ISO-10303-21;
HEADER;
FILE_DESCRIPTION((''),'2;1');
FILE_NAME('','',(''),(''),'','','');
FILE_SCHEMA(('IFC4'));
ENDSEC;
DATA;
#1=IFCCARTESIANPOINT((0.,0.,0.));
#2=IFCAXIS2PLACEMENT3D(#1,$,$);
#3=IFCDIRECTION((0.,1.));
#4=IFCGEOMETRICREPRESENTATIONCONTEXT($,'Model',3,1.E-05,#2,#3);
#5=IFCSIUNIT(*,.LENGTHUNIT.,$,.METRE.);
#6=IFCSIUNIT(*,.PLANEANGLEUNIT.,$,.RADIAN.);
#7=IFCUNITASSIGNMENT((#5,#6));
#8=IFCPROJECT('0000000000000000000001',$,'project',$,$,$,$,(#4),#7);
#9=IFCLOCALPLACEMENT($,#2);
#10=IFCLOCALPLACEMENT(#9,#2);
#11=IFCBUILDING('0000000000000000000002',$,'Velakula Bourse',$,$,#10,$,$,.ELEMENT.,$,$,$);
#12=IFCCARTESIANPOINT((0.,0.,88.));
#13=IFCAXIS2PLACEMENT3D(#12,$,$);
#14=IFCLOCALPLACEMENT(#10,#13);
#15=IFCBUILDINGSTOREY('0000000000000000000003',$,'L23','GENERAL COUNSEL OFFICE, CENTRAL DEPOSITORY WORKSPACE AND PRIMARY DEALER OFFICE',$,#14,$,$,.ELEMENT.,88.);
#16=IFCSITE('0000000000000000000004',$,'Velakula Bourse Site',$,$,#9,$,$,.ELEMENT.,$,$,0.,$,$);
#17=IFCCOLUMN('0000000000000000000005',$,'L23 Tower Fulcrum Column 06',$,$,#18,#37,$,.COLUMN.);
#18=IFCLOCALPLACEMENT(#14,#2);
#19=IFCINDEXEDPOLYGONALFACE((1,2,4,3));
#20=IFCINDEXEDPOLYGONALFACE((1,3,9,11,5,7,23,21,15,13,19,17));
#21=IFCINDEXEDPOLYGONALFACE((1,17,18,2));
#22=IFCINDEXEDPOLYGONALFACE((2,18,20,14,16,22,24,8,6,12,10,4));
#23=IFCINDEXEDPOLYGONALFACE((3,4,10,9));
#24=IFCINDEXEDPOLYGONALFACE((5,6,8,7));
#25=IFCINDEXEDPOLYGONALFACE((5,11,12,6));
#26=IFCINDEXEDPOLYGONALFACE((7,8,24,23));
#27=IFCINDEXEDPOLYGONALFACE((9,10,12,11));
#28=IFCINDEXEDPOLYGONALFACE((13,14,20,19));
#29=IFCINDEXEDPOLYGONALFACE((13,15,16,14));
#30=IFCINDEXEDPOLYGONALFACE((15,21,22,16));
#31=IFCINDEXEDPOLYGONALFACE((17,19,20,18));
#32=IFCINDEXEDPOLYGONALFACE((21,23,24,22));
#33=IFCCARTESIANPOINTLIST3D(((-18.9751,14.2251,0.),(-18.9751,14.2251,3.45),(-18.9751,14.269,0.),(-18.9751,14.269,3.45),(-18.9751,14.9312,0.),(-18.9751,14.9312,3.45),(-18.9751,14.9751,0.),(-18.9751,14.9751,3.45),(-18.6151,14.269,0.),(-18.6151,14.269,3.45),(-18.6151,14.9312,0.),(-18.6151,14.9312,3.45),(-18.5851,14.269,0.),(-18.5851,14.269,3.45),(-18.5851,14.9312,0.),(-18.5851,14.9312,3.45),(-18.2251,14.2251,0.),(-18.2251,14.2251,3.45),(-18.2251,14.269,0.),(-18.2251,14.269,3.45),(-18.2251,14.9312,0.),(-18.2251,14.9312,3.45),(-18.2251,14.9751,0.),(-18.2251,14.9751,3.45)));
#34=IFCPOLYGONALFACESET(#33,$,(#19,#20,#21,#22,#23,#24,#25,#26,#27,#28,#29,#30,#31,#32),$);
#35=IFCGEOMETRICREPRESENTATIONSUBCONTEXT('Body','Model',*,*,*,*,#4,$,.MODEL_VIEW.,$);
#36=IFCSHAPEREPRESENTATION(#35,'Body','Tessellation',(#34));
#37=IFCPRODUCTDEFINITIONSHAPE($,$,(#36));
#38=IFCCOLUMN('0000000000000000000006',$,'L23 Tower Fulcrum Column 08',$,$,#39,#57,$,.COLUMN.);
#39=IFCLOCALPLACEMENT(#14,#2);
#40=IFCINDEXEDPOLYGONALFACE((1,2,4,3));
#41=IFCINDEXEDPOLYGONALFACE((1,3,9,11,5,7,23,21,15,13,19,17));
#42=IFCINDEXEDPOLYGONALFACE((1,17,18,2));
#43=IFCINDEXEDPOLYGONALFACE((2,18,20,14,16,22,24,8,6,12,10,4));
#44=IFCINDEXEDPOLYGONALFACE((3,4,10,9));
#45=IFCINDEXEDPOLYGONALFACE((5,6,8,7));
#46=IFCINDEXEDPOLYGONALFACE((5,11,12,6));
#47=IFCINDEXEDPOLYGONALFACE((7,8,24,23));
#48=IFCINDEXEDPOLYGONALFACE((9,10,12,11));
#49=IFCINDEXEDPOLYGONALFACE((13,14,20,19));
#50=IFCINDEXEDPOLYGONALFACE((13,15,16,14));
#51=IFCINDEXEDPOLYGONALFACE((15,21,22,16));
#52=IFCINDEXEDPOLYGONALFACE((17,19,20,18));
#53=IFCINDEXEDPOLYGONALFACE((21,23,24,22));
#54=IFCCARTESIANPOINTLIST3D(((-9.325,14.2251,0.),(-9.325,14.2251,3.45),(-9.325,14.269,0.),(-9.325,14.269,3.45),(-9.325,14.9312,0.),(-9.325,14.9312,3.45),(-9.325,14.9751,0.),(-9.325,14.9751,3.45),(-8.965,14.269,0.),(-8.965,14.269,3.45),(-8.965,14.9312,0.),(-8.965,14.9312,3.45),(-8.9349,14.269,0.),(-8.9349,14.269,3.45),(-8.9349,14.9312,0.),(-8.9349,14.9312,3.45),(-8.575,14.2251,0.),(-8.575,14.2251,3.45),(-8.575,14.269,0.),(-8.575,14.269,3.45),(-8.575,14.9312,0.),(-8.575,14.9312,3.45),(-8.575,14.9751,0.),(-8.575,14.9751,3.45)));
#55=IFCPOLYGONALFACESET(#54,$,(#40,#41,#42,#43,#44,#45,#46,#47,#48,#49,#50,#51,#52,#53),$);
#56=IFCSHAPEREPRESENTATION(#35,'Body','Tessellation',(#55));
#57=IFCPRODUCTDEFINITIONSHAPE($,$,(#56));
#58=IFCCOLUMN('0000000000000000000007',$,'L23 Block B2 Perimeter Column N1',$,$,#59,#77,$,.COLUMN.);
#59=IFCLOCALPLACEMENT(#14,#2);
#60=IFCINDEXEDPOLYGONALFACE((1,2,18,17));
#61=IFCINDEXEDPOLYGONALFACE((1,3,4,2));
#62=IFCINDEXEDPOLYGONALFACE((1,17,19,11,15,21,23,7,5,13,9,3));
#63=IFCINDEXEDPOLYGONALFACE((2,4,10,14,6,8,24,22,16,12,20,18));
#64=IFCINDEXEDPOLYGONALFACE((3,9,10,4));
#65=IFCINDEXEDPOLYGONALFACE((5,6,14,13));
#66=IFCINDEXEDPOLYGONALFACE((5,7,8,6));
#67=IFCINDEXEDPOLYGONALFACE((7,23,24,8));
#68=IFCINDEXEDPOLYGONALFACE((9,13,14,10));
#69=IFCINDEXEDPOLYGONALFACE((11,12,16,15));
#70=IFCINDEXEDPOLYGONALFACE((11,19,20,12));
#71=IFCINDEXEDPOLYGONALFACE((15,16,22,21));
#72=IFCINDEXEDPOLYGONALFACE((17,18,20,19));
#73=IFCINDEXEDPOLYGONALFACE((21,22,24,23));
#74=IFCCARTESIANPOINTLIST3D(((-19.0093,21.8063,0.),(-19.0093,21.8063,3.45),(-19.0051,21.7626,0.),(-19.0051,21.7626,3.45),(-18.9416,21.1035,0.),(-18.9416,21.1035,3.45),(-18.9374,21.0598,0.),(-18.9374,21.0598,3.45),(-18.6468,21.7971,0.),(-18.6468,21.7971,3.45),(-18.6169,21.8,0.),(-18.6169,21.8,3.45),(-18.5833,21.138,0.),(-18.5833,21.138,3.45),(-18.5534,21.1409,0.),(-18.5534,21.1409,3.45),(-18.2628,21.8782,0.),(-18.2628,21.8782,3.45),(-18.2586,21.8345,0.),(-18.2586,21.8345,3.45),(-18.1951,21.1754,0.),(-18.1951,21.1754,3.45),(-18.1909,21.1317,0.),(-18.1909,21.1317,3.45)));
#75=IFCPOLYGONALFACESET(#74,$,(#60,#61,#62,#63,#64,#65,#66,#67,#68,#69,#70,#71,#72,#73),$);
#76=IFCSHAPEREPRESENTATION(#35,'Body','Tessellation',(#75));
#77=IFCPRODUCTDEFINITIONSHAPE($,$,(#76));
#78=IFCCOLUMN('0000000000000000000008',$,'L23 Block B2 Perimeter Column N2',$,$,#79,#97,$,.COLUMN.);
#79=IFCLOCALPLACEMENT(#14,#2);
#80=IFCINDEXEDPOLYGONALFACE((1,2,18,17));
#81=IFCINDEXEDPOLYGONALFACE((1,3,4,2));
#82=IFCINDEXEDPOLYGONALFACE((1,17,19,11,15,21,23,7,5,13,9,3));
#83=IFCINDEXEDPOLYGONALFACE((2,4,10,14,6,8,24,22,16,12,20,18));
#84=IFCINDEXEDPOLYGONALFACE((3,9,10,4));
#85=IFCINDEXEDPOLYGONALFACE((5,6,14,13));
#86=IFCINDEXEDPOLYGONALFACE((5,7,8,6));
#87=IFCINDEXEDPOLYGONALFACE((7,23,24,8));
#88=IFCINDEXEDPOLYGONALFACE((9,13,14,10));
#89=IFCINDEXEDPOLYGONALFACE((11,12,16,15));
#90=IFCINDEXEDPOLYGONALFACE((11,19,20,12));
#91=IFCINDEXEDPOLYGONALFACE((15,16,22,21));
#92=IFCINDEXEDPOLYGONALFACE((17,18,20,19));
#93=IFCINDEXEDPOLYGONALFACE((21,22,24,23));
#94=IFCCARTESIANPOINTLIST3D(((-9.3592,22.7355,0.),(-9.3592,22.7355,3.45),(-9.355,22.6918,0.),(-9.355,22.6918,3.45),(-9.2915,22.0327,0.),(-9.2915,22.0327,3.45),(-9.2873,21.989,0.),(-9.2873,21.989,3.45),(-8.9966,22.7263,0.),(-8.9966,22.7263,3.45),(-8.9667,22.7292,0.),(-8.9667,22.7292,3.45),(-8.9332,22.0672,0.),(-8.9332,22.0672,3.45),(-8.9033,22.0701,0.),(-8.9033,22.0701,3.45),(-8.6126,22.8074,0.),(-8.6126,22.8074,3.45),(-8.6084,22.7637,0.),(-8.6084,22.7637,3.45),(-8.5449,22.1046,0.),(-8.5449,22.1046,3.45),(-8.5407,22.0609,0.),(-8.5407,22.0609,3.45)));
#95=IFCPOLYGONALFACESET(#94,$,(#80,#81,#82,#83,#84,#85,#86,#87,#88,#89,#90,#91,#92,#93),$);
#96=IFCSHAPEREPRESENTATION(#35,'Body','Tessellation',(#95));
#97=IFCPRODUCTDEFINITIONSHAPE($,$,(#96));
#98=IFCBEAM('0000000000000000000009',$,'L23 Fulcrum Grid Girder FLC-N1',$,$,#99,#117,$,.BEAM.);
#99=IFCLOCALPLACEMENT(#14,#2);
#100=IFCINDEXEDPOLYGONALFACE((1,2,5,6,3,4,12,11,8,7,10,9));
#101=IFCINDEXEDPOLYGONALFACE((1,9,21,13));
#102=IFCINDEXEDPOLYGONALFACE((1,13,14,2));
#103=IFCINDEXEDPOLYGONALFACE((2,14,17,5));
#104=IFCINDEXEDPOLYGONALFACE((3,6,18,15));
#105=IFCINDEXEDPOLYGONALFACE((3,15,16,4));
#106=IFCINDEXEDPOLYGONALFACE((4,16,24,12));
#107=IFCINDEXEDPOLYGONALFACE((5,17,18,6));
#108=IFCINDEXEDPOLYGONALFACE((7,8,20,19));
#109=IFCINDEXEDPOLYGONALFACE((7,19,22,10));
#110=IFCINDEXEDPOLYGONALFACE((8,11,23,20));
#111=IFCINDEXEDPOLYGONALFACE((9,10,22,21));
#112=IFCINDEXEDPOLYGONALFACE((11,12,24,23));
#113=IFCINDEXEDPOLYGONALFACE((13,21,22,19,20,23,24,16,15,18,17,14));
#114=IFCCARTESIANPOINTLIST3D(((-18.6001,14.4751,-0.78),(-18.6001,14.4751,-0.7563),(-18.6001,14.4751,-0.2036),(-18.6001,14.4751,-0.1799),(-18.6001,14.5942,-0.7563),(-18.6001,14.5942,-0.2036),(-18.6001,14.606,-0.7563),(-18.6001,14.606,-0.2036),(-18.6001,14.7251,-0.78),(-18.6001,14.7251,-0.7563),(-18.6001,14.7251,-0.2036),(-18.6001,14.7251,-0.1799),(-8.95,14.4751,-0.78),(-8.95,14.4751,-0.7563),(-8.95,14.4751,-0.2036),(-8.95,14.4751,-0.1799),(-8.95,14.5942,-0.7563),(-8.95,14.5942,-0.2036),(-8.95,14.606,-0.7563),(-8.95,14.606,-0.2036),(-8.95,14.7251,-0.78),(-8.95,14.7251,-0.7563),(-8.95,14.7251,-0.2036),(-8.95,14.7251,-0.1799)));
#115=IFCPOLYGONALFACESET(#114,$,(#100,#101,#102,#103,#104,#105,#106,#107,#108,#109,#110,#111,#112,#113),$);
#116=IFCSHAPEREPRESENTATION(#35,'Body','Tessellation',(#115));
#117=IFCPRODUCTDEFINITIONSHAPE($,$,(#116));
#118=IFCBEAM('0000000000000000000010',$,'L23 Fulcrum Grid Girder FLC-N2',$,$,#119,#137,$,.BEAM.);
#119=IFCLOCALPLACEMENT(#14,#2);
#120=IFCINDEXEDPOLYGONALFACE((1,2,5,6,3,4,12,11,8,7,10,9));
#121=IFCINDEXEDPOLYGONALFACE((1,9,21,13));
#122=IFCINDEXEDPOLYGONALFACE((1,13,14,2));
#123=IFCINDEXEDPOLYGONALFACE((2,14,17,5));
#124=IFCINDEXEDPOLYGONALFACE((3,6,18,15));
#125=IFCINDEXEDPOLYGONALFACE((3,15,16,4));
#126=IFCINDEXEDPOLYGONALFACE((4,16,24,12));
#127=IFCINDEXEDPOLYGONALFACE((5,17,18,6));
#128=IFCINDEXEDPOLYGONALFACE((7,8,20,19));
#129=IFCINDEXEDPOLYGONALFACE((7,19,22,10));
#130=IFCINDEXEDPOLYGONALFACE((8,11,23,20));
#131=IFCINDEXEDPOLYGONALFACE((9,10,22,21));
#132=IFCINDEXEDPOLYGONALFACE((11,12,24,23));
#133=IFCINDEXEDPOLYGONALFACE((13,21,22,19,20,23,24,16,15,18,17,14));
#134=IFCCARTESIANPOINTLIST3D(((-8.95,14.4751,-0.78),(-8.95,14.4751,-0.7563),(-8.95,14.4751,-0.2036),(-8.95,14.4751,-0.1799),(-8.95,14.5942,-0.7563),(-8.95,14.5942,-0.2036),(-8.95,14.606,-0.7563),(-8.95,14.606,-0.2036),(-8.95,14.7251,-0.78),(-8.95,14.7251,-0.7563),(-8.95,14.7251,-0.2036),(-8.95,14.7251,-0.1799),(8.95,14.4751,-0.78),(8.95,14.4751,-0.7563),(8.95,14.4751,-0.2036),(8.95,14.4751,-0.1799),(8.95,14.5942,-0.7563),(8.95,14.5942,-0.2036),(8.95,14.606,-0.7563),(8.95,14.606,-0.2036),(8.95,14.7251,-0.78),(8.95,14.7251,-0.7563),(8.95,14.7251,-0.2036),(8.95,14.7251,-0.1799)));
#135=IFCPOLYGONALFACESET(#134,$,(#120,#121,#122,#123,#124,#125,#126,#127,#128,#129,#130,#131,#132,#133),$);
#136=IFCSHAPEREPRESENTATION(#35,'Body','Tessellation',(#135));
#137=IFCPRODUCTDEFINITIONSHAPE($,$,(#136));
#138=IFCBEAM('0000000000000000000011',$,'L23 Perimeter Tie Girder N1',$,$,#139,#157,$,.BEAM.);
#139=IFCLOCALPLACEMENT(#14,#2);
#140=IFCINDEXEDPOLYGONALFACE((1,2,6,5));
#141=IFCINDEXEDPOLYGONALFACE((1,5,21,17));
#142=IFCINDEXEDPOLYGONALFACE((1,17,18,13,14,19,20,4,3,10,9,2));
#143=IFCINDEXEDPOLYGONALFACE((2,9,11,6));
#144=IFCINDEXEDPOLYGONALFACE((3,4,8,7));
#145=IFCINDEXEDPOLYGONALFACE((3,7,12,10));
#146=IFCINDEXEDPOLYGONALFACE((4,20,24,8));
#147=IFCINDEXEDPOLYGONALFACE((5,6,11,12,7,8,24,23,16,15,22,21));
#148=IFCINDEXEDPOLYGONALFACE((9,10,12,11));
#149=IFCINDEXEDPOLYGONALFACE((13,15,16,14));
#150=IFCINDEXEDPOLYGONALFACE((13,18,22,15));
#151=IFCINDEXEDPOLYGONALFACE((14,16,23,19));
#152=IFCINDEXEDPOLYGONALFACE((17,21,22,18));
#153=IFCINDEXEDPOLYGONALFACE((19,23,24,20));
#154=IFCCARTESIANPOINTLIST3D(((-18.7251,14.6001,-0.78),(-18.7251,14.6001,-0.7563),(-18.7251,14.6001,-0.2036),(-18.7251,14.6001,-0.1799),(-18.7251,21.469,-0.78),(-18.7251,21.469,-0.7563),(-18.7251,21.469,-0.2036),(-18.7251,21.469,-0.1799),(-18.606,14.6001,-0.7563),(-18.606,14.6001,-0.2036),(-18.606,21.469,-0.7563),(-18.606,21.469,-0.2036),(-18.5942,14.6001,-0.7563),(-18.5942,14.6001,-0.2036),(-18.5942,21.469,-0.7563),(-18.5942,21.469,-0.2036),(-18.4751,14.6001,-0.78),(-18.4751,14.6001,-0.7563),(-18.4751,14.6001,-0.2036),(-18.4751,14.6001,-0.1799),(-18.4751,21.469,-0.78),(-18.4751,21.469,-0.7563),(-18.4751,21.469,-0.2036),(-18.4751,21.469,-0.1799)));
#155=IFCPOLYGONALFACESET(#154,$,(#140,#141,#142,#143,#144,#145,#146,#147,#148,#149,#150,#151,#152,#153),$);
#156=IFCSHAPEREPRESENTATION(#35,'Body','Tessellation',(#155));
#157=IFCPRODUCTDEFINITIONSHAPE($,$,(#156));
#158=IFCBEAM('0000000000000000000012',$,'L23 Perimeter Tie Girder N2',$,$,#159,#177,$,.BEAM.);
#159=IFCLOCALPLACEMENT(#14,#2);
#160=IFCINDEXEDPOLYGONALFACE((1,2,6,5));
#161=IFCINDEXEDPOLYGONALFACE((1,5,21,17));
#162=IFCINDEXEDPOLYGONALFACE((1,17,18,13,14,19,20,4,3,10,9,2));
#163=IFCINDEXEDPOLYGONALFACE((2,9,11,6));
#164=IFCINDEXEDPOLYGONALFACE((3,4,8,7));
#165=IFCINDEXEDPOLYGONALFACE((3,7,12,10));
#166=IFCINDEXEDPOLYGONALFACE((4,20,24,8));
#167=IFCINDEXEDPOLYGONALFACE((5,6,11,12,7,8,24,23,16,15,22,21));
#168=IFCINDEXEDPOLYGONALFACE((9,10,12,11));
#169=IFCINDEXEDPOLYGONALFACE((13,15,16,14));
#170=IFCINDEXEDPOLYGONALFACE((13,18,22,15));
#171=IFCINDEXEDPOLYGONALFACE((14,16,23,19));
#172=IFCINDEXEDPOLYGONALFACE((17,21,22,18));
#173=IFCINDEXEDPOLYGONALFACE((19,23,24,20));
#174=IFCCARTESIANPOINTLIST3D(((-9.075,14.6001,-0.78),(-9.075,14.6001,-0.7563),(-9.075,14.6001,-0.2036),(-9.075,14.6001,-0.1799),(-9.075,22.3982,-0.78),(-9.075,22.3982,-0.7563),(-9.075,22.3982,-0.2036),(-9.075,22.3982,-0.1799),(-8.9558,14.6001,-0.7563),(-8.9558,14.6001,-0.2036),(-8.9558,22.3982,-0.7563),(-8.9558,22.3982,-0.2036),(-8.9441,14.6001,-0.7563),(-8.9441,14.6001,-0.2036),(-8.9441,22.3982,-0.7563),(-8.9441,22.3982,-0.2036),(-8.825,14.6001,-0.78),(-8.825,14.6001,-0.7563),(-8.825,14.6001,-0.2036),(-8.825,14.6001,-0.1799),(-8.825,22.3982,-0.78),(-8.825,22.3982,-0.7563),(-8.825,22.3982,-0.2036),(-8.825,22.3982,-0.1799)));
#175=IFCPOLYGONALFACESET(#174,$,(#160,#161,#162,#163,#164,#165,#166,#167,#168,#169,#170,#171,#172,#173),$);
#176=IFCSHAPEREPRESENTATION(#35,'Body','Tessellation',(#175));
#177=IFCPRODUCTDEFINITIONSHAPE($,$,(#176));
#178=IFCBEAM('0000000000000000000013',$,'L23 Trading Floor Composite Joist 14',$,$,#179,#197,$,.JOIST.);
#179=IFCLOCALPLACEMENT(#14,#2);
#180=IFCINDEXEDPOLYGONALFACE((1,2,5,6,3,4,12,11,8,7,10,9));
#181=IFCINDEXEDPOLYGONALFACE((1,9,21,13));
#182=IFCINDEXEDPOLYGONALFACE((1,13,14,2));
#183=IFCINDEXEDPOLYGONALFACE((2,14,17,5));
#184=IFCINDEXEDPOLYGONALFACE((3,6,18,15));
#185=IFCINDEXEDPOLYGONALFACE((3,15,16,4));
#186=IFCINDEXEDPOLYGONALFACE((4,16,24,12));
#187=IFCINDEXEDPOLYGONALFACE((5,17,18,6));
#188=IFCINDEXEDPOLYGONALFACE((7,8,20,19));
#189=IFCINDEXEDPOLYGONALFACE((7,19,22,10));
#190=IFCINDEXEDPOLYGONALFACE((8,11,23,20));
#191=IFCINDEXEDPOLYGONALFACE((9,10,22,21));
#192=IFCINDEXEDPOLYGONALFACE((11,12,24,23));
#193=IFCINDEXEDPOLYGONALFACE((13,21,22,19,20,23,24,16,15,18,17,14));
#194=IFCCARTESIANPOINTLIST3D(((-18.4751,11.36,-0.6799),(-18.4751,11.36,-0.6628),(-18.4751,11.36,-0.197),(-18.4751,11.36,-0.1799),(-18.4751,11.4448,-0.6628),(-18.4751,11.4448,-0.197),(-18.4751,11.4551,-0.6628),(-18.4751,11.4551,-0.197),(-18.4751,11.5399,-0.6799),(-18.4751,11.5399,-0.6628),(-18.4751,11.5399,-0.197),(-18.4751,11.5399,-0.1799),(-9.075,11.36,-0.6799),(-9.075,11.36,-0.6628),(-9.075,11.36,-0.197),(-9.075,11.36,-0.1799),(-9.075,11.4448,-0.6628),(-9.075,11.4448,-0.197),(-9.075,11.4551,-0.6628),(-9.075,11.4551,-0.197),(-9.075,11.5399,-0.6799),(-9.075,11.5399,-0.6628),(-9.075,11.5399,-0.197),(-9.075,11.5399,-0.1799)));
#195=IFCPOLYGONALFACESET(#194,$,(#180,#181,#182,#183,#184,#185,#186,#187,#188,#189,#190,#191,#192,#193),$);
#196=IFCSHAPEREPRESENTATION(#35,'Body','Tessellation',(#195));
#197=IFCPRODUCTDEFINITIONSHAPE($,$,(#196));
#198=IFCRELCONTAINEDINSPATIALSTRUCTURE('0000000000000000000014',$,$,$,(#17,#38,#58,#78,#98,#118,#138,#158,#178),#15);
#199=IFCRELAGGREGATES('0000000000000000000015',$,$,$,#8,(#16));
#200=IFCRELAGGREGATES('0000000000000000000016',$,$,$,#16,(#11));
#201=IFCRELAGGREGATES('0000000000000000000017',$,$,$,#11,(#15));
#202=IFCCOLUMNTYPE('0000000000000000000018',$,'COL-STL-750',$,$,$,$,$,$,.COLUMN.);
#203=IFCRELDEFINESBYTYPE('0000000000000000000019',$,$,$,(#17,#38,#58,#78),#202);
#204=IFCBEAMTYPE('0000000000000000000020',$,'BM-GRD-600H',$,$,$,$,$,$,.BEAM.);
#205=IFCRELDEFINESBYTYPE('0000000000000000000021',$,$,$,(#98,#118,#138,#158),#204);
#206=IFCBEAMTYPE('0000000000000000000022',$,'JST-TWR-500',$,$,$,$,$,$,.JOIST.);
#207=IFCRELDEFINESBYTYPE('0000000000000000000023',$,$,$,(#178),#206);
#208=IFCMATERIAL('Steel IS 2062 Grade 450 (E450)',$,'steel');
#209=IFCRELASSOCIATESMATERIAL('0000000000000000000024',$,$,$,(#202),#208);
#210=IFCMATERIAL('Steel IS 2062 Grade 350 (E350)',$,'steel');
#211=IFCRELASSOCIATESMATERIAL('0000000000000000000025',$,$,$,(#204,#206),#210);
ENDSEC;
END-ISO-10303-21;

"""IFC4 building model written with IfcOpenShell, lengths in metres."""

from ifc_helpers import new_model, si_unit, direction, frame, origin, origin_2d, place, context, subcontext, project, spatial, i_section, extrude, material, material_profile, profile_set, type_object, element, save


model = new_model("IFC4")

# Units and contexts
model_context = context("Model", 3, precision=1e-05, world=origin(), true_north=direction((0.0, 1.0)))
body_context = subcontext(model_context, "Body", "Model", "MODEL_VIEW")
ifc_project = project(units=[si_unit("LENGTHUNIT", "METRE"), si_unit("PLANEANGLEUNIT", "RADIAN")], contexts=[model_context])

# Site, building, storey
site_placement = place(None, origin())
site = spatial("IfcSite", under=ifc_project, at=site_placement, Name="Velakula Bourse Site", CompositionType="ELEMENT", RefElevation=0.0)
building_placement = place(site_placement, origin())
building = spatial("IfcBuilding", under=site, at=building_placement, Name="Velakula Bourse", CompositionType="ELEMENT")
storey_placement = place(building_placement, frame((0.0, 0.0, 88.0)))
storey = spatial("IfcBuildingStorey", under=building, at=storey_placement, Name="L23", Description="GENERAL COUNSEL OFFICE, CENTRAL DEPOSITORY WORKSPACE AND PRIMARY DEALER OFFICE", CompositionType="ELEMENT", Elevation=88.0)

# Columns
ifc_material_1 = material(Name="Steel IS 2062 Grade 450 (E450)", Category="steel")
ifc_material_profile_1 = material_profile(ifc_material_1, i_section(OverallWidth=0.75, OverallDepth=0.75, WebThickness=0.03, FlangeThickness=0.0439, at=origin_2d()), Name="Steel IS 2062 Grade 450 (E450)")
ifc_profile_set_1 = profile_set([ifc_material_profile_1], Name="Steel IS 2062 Grade 450 (E450)")
column_type = type_object("IfcColumnType", Name="COL-STL-750", PredefinedType="COLUMN", material=ifc_profile_set_1)
for number, where, z_axis, x_axis, name in (
    (1, (-18.6001, 14.6001, 0.0), (0.0, 0.0, 1.0), (1.0, 0.0, 0.0), "L23 Tower Fulcrum Column 06"),
    (2, (-8.95, 14.6001, 0.0), (0.0, 0.0, 1.0), (1.0, 0.0, 0.0), "L23 Tower Fulcrum Column 08"),
    (3, (-18.6001, 21.469, 0.0), (0.0, 0.0, 1.0), (0.995396, 0.095846, 0.0), "L23 Block B2 Perimeter Column N1"),
    (4, (-8.95, 22.3982, 0.0), (0.0, 0.0, 1.0), (0.995396, 0.095846, 0.0), "L23 Block B2 Perimeter Column N2"),
):
    element("IfcColumn", number, at=place(storey_placement, frame(where, z_axis=z_axis, x_axis=x_axis)), inside=storey, type_object=column_type, Name=name, PredefinedType="COLUMN", context=body_context, shape_type="SweptSolid", body=[
        extrude(i_section(OverallWidth=0.75, OverallDepth=0.75, WebThickness=0.03, FlangeThickness=0.0439, at=origin_2d()), origin(), (0.0, 0.0, 1.0), 3.45),
    ])

# Beams
ifc_material_2 = material(Name="Steel IS 2062 Grade 350 (E350)", Category="steel")
ifc_material_profile_2 = material_profile(ifc_material_2, i_section(OverallWidth=0.25, OverallDepth=0.6001, WebThickness=0.0117, FlangeThickness=0.0237, at=origin_2d()), Name="Steel IS 2062 Grade 350 (E350)")
ifc_profile_set_2 = profile_set([ifc_material_profile_2], Name="Steel IS 2062 Grade 350 (E350)")
beam_type_1 = type_object("IfcBeamType", Name="BM-GRD-600H", PredefinedType="BEAM", material=ifc_profile_set_2)
beam_1_placement = place(storey_placement, frame((-18.6001, 14.6001, -0.48), z_axis=(1.0, 0.0, 0.0), x_axis=(0.0, 1.0, 0.0)))
element("IfcBeam", 5, at=beam_1_placement, inside=storey, type_object=beam_type_1, Name="L23 Fulcrum Grid Girder FLC-N1", PredefinedType="BEAM", context=body_context, shape_type="SweptSolid", body=[
    extrude(i_section(OverallWidth=0.25, OverallDepth=0.6001, WebThickness=0.0117, FlangeThickness=0.0237, at=origin_2d()), origin(), (0.0, 0.0, 1.0), 9.6501),
])
beam_2_placement = place(storey_placement, frame((-8.95, 14.6001, -0.48), z_axis=(1.0, 0.0, 0.0), x_axis=(0.0, 1.0, 0.0)))
element("IfcBeam", 6, at=beam_2_placement, inside=storey, type_object=beam_type_1, Name="L23 Fulcrum Grid Girder FLC-N2", PredefinedType="BEAM", context=body_context, shape_type="SweptSolid", body=[
    extrude(i_section(OverallWidth=0.25, OverallDepth=0.6001, WebThickness=0.0117, FlangeThickness=0.0237, at=origin_2d()), origin(), (0.0, 0.0, 1.0), 17.8999),
])
beam_3_placement = place(storey_placement, frame((-18.6001, 14.6001, -0.48), z_axis=(0.0, 1.0, 0.0), x_axis=(-1.0, 0.0, 0.0)))
element("IfcBeam", 7, at=beam_3_placement, inside=storey, type_object=beam_type_1, Name="L23 Perimeter Tie Girder N1", PredefinedType="BEAM", context=body_context, shape_type="SweptSolid", body=[
    extrude(i_section(OverallWidth=0.25, OverallDepth=0.6001, WebThickness=0.0117, FlangeThickness=0.0237, at=origin_2d()), origin(), (0.0, 0.0, 1.0), 6.8689),
])
beam_4_placement = place(storey_placement, frame((-8.95, 14.6001, -0.48), z_axis=(0.0, 1.0, 0.0), x_axis=(-1.0, 0.0, 0.0)))
element("IfcBeam", 8, at=beam_4_placement, inside=storey, type_object=beam_type_1, Name="L23 Perimeter Tie Girder N2", PredefinedType="BEAM", context=body_context, shape_type="SweptSolid", body=[
    extrude(i_section(OverallWidth=0.25, OverallDepth=0.6001, WebThickness=0.0117, FlangeThickness=0.0237, at=origin_2d()), origin(), (0.0, 0.0, 1.0), 7.7981),
])
ifc_material_profile_3 = material_profile(ifc_material_2, i_section(OverallWidth=0.1799, OverallDepth=0.5, WebThickness=0.0103, FlangeThickness=0.0171, at=origin_2d()), Name="Steel IS 2062 Grade 350 (E350)")
ifc_profile_set_3 = profile_set([ifc_material_profile_3], Name="Steel IS 2062 Grade 350 (E350)")
beam_type_2 = type_object("IfcBeamType", Name="JST-TWR-500", PredefinedType="JOIST", material=ifc_profile_set_3)
beam_5_placement = place(storey_placement, frame((-18.4751, 11.45, -0.4299), z_axis=(1.0, 0.0, 0.0), x_axis=(0.0, 1.0, 0.0)))
element("IfcBeam", 9, at=beam_5_placement, inside=storey, type_object=beam_type_2, Name="L23 Trading Floor Composite Joist 14", PredefinedType="JOIST", context=body_context, shape_type="SweptSolid", body=[
    extrude(i_section(OverallWidth=0.1799, OverallDepth=0.5, WebThickness=0.0103, FlangeThickness=0.0171, at=origin_2d()), origin(), (0.0, 0.0, 1.0), 9.4001),
])

save(model, "model.ifc")
